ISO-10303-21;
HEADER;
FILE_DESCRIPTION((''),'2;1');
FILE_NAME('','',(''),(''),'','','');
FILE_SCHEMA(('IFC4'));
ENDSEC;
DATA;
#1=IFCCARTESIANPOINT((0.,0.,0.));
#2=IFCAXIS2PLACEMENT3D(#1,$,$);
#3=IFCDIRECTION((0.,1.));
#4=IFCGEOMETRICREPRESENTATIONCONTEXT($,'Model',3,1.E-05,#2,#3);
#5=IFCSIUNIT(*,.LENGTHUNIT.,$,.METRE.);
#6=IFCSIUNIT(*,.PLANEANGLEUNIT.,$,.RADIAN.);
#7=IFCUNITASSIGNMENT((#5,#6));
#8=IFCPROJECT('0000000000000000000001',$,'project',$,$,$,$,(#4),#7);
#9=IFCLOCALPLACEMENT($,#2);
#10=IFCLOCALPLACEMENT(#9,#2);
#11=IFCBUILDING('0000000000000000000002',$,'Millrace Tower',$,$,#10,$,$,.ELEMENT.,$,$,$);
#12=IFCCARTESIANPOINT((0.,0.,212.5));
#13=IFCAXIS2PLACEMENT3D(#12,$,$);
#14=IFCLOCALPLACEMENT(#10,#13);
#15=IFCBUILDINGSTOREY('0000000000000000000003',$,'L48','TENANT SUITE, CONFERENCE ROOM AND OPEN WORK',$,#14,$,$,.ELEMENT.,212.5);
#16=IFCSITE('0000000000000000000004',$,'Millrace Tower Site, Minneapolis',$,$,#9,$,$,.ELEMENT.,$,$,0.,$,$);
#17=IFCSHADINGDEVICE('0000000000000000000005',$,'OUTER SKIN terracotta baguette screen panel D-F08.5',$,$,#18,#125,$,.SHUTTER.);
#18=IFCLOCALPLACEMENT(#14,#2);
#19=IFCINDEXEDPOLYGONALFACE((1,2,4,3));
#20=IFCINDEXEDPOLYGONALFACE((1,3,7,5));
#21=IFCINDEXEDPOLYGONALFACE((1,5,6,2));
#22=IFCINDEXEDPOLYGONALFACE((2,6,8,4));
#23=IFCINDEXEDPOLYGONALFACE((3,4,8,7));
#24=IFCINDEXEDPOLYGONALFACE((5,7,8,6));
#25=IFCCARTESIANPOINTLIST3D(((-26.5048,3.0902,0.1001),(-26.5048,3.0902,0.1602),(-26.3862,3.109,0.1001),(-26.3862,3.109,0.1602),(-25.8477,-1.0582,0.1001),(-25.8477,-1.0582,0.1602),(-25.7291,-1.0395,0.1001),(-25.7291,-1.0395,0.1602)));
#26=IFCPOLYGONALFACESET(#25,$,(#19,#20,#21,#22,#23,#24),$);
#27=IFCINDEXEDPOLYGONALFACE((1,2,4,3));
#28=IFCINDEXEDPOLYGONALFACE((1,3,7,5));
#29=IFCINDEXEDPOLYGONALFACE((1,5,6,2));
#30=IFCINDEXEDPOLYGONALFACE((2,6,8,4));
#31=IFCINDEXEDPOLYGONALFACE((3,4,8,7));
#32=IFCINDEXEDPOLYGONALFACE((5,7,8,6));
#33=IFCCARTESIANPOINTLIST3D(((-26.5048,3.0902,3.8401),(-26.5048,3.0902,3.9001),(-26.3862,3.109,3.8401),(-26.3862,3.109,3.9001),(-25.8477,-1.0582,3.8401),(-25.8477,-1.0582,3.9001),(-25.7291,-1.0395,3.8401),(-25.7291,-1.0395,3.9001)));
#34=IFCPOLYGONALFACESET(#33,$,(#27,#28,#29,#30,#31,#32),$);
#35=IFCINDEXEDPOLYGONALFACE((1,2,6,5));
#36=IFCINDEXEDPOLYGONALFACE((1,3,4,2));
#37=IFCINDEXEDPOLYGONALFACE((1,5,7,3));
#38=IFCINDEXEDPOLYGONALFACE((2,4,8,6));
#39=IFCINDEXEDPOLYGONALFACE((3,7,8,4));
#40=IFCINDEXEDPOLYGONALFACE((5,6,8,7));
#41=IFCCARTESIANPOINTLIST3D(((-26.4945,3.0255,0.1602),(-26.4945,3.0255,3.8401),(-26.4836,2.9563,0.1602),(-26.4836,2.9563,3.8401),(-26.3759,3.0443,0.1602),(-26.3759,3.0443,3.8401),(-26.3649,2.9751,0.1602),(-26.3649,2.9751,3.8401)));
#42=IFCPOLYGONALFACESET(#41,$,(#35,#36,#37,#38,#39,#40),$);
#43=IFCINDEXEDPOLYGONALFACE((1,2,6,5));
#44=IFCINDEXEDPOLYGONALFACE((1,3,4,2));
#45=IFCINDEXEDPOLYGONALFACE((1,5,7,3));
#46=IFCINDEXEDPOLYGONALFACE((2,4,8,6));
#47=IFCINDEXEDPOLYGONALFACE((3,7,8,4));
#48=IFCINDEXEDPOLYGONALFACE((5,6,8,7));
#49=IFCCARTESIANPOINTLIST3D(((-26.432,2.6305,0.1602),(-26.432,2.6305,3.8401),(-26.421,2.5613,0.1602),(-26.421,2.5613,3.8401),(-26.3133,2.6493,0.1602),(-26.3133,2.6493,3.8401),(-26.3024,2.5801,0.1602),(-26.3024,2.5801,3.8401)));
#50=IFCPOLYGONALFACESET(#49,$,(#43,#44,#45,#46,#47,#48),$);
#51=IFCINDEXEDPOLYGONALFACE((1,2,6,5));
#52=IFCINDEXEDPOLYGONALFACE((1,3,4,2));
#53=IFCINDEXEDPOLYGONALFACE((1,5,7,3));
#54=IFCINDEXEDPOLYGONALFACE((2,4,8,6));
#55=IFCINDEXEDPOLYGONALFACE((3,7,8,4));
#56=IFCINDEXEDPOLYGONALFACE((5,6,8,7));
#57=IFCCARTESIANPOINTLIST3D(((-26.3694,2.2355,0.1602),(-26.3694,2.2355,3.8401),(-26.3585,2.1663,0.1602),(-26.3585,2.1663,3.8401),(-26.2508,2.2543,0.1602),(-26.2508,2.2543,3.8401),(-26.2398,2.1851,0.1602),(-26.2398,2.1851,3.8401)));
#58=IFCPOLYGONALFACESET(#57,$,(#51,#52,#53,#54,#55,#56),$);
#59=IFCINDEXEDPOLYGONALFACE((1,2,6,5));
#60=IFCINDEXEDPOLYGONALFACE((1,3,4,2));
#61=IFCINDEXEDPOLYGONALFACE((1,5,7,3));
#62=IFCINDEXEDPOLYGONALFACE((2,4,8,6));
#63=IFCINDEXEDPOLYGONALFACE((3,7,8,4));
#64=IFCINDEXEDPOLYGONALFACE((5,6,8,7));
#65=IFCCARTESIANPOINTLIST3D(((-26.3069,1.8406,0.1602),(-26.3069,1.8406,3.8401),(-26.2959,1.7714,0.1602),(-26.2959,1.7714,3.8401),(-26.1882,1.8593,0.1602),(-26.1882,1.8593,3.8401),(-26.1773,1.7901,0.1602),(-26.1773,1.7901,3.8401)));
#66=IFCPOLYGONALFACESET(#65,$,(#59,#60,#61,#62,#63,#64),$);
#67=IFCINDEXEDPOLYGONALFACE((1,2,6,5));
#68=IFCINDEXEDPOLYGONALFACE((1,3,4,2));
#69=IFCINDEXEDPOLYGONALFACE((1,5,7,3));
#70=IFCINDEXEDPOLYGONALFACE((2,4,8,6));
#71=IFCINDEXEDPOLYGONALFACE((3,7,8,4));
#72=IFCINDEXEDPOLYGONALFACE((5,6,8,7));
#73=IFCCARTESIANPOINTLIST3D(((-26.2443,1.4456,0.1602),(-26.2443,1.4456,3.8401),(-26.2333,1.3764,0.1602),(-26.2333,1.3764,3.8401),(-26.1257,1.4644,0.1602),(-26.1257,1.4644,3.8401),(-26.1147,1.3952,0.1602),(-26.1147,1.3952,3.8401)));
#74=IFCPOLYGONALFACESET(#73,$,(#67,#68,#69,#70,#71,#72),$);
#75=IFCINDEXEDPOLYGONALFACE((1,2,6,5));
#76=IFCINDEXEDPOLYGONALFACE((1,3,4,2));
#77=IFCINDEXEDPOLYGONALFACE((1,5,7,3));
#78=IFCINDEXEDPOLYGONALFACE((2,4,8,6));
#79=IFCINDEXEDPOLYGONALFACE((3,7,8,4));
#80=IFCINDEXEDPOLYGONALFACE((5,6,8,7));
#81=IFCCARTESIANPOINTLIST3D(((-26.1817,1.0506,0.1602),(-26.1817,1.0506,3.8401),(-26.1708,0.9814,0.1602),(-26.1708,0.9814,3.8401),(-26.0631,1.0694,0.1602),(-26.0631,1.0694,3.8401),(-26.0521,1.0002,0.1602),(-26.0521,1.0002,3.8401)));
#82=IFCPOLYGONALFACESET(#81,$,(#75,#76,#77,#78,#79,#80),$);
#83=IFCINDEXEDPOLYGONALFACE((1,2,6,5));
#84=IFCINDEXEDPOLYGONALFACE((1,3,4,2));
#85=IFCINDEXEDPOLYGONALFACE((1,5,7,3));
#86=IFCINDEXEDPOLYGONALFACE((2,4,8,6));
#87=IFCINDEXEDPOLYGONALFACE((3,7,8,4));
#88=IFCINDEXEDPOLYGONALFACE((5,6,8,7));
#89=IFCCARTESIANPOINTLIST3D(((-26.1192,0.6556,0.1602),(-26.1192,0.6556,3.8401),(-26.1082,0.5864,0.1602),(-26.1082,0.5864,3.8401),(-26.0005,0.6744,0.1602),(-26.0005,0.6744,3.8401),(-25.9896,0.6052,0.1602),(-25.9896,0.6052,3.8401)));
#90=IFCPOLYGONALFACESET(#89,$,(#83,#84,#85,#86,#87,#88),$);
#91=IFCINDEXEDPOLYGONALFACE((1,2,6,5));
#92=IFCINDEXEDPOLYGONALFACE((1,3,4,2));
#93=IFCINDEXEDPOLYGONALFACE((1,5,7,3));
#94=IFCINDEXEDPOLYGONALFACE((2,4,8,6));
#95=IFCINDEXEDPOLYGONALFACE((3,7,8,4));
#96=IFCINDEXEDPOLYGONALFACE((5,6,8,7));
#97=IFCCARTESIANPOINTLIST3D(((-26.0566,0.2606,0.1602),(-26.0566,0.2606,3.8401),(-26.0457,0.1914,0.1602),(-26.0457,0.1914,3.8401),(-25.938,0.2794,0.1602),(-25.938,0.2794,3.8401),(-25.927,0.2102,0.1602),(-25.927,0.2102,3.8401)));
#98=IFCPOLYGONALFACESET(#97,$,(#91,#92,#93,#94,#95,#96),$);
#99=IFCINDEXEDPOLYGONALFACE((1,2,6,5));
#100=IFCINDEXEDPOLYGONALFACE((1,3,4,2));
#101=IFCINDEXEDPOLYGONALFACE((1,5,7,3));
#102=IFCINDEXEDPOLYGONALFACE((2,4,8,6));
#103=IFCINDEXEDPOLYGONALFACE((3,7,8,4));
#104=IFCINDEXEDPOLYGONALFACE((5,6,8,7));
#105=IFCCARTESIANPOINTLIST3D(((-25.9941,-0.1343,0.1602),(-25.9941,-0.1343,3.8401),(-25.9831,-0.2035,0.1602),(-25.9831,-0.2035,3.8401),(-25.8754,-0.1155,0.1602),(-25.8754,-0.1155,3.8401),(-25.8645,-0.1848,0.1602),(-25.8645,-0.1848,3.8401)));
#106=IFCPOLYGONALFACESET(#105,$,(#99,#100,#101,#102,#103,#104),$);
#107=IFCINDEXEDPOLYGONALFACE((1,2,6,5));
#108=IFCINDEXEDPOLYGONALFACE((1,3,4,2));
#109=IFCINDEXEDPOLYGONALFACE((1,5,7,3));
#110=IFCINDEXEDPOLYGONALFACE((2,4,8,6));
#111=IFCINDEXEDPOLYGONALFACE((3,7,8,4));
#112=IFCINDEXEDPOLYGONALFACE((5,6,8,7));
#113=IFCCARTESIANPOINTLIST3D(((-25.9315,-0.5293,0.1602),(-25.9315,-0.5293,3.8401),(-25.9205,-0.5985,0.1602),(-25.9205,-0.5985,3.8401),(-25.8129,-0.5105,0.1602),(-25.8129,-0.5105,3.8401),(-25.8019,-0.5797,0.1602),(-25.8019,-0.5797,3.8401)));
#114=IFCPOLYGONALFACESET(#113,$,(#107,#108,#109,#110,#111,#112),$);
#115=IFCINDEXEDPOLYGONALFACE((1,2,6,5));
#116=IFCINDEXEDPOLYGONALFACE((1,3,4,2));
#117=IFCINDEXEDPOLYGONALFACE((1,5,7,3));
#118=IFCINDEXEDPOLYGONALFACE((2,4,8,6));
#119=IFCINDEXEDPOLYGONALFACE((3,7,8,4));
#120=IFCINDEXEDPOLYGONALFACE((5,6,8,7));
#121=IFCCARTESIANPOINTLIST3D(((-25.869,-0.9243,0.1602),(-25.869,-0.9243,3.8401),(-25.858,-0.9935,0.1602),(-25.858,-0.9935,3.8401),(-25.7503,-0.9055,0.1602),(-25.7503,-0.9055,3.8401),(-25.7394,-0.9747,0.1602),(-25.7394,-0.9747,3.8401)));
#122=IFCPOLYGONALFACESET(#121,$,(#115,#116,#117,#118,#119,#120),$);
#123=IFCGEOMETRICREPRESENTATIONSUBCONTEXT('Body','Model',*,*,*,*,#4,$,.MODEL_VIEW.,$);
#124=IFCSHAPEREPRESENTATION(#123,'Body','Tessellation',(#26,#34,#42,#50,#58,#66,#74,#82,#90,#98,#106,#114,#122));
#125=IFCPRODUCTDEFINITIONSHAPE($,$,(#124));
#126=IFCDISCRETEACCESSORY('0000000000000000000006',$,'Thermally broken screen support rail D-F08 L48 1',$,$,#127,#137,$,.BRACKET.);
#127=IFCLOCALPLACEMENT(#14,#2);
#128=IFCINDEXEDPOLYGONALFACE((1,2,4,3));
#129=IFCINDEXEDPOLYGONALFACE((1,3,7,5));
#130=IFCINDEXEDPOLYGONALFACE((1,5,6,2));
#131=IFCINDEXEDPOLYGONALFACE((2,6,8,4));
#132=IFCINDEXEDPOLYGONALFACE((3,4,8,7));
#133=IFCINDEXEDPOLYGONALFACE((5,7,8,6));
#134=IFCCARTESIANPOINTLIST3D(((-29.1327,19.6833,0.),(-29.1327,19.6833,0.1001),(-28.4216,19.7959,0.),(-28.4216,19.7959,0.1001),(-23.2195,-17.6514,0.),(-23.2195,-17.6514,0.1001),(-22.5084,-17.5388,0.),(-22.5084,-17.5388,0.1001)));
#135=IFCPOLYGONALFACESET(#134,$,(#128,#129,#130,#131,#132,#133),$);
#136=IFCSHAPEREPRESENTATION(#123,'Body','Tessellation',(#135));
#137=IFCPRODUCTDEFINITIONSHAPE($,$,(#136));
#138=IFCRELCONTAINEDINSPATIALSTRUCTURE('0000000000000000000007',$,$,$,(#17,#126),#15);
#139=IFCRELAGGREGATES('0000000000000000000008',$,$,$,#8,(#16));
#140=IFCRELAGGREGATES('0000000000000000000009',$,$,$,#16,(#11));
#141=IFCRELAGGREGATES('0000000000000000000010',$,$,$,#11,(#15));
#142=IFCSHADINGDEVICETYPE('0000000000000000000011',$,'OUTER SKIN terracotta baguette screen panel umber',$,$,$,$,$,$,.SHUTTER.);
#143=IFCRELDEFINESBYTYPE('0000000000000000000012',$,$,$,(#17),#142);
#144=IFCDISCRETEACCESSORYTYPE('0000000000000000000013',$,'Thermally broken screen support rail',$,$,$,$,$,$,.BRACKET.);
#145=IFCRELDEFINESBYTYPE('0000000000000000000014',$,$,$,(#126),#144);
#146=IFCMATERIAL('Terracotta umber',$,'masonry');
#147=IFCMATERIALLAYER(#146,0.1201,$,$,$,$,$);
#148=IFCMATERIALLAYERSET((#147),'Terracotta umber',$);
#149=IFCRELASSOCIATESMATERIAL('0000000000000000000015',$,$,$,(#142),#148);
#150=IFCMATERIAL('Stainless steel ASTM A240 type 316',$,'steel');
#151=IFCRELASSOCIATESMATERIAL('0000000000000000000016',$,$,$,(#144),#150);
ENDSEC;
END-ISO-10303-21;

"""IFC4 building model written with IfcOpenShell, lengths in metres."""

from ifc_helpers import new_model, entity, si_unit, direction, frame, frame_2d, origin, origin_2d, place, context, subcontext, project, spatial, rectangle, extrude, source, transform, mapped, material, layer, layer_set, type_object, element, save


model = new_model("IFC4")

# Units and contexts
model_context = context("Model", 3, precision=1e-05, world=origin(), true_north=direction((0.0, 1.0)))
body_context = subcontext(model_context, "Body", "Model", "MODEL_VIEW")
ifc_project = project(units=[si_unit("LENGTHUNIT", "METRE"), si_unit("PLANEANGLEUNIT", "RADIAN")], contexts=[model_context])

# Site, building, storey
site_placement = place(None, origin())
site = spatial("IfcSite", under=ifc_project, at=site_placement, Name="Millrace Tower Site, Minneapolis", CompositionType="ELEMENT", RefElevation=0.0)
building_placement = place(site_placement, origin())
building = spatial("IfcBuilding", under=site, at=building_placement, Name="Millrace Tower", CompositionType="ELEMENT")
storey_placement = place(building_placement, frame((0.0, 0.0, 212.5)))
storey = spatial("IfcBuildingStorey", under=building, at=storey_placement, Name="L48", Description="TENANT SUITE, CONFERENCE ROOM AND OPEN WORK", CompositionType="ELEMENT", Elevation=212.5)

# Shading device
ifc_material_1 = material(Name="Terracotta umber", Category="masonry")
ifc_layer_1 = layer(ifc_material_1, 0.1201)
ifc_layer_set_1 = layer_set([ifc_layer_1], Name="Terracotta umber")
shading_device_type = type_object("IfcShadingDeviceType", Name="OUTER SKIN terracotta baguette screen panel umber", PredefinedType="SHUTTER", material=ifc_layer_set_1)
cartesian_point = entity("IfcCartesianPoint", [-2.1001, 0.0601])
shared_polyline = entity("IfcPolyline", [cartesian_point, entity("IfcCartesianPoint", [2.1001, 0.0601]), entity("IfcCartesianPoint", [2.1001, -0.0601]), entity("IfcCartesianPoint", [-2.1001, -0.0601]), cartesian_point])
shared_shape = source(origin(), body_context, "Body", "SweptSolid", [
    entity("IfcExtrudedAreaSolid", entity("IfcArbitraryClosedProfileDef", "AREA", None, shared_polyline), entity("IfcAxis2Placement3D", entity("IfcCartesianPoint", [0.0, 0.0, 0.0])), entity("IfcDirection", [0.0, 0.0, 1.0]), 0.0601),
    entity("IfcExtrudedAreaSolid", entity("IfcArbitraryClosedProfileDef", "AREA", None, shared_polyline), entity("IfcAxis2Placement3D", entity("IfcCartesianPoint", [0.0, 0.0, 3.74])), entity("IfcDirection", [0.0, 0.0, 1.0]), 0.0601),
    extrude(rectangle(XDim=0.0701, YDim=0.1201, at=frame_2d((-1.9995, 0.0))), frame((0.0, 0.0, 0.0601)), (0.0, 0.0, 1.0), 3.6799),
    extrude(rectangle(XDim=0.0701, YDim=0.1201, at=frame_2d((-1.5996, 0.0))), frame((0.0, 0.0, 0.0601)), (0.0, 0.0, 1.0), 3.6799),
    extrude(rectangle(XDim=0.0701, YDim=0.1201, at=frame_2d((-1.1997, 0.0))), frame((0.0, 0.0, 0.0601)), (0.0, 0.0, 1.0), 3.6799),
    extrude(rectangle(XDim=0.0701, YDim=0.1201, at=frame_2d((-0.7998, 0.0))), frame((0.0, 0.0, 0.0601)), (0.0, 0.0, 1.0), 3.6799),
    extrude(rectangle(XDim=0.0701, YDim=0.1201, at=frame_2d((-0.3999, 0.0))), frame((0.0, 0.0, 0.0601)), (0.0, 0.0, 1.0), 3.6799),
    extrude(rectangle(XDim=0.0701, YDim=0.1201, at=origin_2d()), frame((0.0, 0.0, 0.0601)), (0.0, 0.0, 1.0), 3.6799),
    extrude(rectangle(XDim=0.0701, YDim=0.1201, at=frame_2d((0.3999, 0.0))), frame((0.0, 0.0, 0.0601)), (0.0, 0.0, 1.0), 3.6799),
    extrude(rectangle(XDim=0.0701, YDim=0.1201, at=frame_2d((0.7998, 0.0))), frame((0.0, 0.0, 0.0601)), (0.0, 0.0, 1.0), 3.6799),
    extrude(rectangle(XDim=0.0701, YDim=0.1201, at=frame_2d((1.1997, 0.0))), frame((0.0, 0.0, 0.0601)), (0.0, 0.0, 1.0), 3.6799),
    extrude(rectangle(XDim=0.0701, YDim=0.1201, at=frame_2d((1.5996, 0.0))), frame((0.0, 0.0, 0.0601)), (0.0, 0.0, 1.0), 3.6799),
    extrude(rectangle(XDim=0.0701, YDim=0.1201, at=frame_2d((1.9995, 0.0))), frame((0.0, 0.0, 0.0601)), (0.0, 0.0, 1.0), 3.6799),
])
for number, where, z_axis, x_axis, name in (
    (1, (-26.1169, 1.0254, 0.1001), (0.0, 0.0, 1.0), (0.156434, -0.987688, 0.0), "OUTER SKIN terracotta baguette screen panel D-F08.5"),
):
    element("IfcShadingDevice", number, at=place(storey_placement, frame(where, z_axis=z_axis, x_axis=x_axis)), inside=storey, type_object=shading_device_type, Name=name, PredefinedType="SHUTTER", context=body_context, shape_type="MappedRepresentation", body=[
        mapped(shared_shape, transform((0.0, 0.0, 0.0), scale=1.0)),
    ])

# Discrete accessory
ifc_material_2 = material(Name="Stainless steel ASTM A240 type 316", Category="steel")
discrete_accessory_type = type_object("IfcDiscreteAccessoryType", Name="Thermally broken screen support rail", PredefinedType="BRACKET", material=ifc_material_2)
discrete_accessory_placement = place(storey_placement, frame((-25.8206, 1.0723, 0.0), z_axis=(0.0, 0.0, 1.0), x_axis=(0.156434, -0.987688, 0.0)))
element("IfcDiscreteAccessory", 2, at=discrete_accessory_placement, inside=storey, type_object=discrete_accessory_type, Name="Thermally broken screen support rail D-F08 L48 1", PredefinedType="BRACKET", context=body_context, shape_type="SweptSolid", body=[
    extrude(rectangle(XDim=37.8, YDim=0.72, at=origin_2d()), origin(), (0.0, 0.0, 1.0), 0.1001),
])

save(model, "model.ifc")
